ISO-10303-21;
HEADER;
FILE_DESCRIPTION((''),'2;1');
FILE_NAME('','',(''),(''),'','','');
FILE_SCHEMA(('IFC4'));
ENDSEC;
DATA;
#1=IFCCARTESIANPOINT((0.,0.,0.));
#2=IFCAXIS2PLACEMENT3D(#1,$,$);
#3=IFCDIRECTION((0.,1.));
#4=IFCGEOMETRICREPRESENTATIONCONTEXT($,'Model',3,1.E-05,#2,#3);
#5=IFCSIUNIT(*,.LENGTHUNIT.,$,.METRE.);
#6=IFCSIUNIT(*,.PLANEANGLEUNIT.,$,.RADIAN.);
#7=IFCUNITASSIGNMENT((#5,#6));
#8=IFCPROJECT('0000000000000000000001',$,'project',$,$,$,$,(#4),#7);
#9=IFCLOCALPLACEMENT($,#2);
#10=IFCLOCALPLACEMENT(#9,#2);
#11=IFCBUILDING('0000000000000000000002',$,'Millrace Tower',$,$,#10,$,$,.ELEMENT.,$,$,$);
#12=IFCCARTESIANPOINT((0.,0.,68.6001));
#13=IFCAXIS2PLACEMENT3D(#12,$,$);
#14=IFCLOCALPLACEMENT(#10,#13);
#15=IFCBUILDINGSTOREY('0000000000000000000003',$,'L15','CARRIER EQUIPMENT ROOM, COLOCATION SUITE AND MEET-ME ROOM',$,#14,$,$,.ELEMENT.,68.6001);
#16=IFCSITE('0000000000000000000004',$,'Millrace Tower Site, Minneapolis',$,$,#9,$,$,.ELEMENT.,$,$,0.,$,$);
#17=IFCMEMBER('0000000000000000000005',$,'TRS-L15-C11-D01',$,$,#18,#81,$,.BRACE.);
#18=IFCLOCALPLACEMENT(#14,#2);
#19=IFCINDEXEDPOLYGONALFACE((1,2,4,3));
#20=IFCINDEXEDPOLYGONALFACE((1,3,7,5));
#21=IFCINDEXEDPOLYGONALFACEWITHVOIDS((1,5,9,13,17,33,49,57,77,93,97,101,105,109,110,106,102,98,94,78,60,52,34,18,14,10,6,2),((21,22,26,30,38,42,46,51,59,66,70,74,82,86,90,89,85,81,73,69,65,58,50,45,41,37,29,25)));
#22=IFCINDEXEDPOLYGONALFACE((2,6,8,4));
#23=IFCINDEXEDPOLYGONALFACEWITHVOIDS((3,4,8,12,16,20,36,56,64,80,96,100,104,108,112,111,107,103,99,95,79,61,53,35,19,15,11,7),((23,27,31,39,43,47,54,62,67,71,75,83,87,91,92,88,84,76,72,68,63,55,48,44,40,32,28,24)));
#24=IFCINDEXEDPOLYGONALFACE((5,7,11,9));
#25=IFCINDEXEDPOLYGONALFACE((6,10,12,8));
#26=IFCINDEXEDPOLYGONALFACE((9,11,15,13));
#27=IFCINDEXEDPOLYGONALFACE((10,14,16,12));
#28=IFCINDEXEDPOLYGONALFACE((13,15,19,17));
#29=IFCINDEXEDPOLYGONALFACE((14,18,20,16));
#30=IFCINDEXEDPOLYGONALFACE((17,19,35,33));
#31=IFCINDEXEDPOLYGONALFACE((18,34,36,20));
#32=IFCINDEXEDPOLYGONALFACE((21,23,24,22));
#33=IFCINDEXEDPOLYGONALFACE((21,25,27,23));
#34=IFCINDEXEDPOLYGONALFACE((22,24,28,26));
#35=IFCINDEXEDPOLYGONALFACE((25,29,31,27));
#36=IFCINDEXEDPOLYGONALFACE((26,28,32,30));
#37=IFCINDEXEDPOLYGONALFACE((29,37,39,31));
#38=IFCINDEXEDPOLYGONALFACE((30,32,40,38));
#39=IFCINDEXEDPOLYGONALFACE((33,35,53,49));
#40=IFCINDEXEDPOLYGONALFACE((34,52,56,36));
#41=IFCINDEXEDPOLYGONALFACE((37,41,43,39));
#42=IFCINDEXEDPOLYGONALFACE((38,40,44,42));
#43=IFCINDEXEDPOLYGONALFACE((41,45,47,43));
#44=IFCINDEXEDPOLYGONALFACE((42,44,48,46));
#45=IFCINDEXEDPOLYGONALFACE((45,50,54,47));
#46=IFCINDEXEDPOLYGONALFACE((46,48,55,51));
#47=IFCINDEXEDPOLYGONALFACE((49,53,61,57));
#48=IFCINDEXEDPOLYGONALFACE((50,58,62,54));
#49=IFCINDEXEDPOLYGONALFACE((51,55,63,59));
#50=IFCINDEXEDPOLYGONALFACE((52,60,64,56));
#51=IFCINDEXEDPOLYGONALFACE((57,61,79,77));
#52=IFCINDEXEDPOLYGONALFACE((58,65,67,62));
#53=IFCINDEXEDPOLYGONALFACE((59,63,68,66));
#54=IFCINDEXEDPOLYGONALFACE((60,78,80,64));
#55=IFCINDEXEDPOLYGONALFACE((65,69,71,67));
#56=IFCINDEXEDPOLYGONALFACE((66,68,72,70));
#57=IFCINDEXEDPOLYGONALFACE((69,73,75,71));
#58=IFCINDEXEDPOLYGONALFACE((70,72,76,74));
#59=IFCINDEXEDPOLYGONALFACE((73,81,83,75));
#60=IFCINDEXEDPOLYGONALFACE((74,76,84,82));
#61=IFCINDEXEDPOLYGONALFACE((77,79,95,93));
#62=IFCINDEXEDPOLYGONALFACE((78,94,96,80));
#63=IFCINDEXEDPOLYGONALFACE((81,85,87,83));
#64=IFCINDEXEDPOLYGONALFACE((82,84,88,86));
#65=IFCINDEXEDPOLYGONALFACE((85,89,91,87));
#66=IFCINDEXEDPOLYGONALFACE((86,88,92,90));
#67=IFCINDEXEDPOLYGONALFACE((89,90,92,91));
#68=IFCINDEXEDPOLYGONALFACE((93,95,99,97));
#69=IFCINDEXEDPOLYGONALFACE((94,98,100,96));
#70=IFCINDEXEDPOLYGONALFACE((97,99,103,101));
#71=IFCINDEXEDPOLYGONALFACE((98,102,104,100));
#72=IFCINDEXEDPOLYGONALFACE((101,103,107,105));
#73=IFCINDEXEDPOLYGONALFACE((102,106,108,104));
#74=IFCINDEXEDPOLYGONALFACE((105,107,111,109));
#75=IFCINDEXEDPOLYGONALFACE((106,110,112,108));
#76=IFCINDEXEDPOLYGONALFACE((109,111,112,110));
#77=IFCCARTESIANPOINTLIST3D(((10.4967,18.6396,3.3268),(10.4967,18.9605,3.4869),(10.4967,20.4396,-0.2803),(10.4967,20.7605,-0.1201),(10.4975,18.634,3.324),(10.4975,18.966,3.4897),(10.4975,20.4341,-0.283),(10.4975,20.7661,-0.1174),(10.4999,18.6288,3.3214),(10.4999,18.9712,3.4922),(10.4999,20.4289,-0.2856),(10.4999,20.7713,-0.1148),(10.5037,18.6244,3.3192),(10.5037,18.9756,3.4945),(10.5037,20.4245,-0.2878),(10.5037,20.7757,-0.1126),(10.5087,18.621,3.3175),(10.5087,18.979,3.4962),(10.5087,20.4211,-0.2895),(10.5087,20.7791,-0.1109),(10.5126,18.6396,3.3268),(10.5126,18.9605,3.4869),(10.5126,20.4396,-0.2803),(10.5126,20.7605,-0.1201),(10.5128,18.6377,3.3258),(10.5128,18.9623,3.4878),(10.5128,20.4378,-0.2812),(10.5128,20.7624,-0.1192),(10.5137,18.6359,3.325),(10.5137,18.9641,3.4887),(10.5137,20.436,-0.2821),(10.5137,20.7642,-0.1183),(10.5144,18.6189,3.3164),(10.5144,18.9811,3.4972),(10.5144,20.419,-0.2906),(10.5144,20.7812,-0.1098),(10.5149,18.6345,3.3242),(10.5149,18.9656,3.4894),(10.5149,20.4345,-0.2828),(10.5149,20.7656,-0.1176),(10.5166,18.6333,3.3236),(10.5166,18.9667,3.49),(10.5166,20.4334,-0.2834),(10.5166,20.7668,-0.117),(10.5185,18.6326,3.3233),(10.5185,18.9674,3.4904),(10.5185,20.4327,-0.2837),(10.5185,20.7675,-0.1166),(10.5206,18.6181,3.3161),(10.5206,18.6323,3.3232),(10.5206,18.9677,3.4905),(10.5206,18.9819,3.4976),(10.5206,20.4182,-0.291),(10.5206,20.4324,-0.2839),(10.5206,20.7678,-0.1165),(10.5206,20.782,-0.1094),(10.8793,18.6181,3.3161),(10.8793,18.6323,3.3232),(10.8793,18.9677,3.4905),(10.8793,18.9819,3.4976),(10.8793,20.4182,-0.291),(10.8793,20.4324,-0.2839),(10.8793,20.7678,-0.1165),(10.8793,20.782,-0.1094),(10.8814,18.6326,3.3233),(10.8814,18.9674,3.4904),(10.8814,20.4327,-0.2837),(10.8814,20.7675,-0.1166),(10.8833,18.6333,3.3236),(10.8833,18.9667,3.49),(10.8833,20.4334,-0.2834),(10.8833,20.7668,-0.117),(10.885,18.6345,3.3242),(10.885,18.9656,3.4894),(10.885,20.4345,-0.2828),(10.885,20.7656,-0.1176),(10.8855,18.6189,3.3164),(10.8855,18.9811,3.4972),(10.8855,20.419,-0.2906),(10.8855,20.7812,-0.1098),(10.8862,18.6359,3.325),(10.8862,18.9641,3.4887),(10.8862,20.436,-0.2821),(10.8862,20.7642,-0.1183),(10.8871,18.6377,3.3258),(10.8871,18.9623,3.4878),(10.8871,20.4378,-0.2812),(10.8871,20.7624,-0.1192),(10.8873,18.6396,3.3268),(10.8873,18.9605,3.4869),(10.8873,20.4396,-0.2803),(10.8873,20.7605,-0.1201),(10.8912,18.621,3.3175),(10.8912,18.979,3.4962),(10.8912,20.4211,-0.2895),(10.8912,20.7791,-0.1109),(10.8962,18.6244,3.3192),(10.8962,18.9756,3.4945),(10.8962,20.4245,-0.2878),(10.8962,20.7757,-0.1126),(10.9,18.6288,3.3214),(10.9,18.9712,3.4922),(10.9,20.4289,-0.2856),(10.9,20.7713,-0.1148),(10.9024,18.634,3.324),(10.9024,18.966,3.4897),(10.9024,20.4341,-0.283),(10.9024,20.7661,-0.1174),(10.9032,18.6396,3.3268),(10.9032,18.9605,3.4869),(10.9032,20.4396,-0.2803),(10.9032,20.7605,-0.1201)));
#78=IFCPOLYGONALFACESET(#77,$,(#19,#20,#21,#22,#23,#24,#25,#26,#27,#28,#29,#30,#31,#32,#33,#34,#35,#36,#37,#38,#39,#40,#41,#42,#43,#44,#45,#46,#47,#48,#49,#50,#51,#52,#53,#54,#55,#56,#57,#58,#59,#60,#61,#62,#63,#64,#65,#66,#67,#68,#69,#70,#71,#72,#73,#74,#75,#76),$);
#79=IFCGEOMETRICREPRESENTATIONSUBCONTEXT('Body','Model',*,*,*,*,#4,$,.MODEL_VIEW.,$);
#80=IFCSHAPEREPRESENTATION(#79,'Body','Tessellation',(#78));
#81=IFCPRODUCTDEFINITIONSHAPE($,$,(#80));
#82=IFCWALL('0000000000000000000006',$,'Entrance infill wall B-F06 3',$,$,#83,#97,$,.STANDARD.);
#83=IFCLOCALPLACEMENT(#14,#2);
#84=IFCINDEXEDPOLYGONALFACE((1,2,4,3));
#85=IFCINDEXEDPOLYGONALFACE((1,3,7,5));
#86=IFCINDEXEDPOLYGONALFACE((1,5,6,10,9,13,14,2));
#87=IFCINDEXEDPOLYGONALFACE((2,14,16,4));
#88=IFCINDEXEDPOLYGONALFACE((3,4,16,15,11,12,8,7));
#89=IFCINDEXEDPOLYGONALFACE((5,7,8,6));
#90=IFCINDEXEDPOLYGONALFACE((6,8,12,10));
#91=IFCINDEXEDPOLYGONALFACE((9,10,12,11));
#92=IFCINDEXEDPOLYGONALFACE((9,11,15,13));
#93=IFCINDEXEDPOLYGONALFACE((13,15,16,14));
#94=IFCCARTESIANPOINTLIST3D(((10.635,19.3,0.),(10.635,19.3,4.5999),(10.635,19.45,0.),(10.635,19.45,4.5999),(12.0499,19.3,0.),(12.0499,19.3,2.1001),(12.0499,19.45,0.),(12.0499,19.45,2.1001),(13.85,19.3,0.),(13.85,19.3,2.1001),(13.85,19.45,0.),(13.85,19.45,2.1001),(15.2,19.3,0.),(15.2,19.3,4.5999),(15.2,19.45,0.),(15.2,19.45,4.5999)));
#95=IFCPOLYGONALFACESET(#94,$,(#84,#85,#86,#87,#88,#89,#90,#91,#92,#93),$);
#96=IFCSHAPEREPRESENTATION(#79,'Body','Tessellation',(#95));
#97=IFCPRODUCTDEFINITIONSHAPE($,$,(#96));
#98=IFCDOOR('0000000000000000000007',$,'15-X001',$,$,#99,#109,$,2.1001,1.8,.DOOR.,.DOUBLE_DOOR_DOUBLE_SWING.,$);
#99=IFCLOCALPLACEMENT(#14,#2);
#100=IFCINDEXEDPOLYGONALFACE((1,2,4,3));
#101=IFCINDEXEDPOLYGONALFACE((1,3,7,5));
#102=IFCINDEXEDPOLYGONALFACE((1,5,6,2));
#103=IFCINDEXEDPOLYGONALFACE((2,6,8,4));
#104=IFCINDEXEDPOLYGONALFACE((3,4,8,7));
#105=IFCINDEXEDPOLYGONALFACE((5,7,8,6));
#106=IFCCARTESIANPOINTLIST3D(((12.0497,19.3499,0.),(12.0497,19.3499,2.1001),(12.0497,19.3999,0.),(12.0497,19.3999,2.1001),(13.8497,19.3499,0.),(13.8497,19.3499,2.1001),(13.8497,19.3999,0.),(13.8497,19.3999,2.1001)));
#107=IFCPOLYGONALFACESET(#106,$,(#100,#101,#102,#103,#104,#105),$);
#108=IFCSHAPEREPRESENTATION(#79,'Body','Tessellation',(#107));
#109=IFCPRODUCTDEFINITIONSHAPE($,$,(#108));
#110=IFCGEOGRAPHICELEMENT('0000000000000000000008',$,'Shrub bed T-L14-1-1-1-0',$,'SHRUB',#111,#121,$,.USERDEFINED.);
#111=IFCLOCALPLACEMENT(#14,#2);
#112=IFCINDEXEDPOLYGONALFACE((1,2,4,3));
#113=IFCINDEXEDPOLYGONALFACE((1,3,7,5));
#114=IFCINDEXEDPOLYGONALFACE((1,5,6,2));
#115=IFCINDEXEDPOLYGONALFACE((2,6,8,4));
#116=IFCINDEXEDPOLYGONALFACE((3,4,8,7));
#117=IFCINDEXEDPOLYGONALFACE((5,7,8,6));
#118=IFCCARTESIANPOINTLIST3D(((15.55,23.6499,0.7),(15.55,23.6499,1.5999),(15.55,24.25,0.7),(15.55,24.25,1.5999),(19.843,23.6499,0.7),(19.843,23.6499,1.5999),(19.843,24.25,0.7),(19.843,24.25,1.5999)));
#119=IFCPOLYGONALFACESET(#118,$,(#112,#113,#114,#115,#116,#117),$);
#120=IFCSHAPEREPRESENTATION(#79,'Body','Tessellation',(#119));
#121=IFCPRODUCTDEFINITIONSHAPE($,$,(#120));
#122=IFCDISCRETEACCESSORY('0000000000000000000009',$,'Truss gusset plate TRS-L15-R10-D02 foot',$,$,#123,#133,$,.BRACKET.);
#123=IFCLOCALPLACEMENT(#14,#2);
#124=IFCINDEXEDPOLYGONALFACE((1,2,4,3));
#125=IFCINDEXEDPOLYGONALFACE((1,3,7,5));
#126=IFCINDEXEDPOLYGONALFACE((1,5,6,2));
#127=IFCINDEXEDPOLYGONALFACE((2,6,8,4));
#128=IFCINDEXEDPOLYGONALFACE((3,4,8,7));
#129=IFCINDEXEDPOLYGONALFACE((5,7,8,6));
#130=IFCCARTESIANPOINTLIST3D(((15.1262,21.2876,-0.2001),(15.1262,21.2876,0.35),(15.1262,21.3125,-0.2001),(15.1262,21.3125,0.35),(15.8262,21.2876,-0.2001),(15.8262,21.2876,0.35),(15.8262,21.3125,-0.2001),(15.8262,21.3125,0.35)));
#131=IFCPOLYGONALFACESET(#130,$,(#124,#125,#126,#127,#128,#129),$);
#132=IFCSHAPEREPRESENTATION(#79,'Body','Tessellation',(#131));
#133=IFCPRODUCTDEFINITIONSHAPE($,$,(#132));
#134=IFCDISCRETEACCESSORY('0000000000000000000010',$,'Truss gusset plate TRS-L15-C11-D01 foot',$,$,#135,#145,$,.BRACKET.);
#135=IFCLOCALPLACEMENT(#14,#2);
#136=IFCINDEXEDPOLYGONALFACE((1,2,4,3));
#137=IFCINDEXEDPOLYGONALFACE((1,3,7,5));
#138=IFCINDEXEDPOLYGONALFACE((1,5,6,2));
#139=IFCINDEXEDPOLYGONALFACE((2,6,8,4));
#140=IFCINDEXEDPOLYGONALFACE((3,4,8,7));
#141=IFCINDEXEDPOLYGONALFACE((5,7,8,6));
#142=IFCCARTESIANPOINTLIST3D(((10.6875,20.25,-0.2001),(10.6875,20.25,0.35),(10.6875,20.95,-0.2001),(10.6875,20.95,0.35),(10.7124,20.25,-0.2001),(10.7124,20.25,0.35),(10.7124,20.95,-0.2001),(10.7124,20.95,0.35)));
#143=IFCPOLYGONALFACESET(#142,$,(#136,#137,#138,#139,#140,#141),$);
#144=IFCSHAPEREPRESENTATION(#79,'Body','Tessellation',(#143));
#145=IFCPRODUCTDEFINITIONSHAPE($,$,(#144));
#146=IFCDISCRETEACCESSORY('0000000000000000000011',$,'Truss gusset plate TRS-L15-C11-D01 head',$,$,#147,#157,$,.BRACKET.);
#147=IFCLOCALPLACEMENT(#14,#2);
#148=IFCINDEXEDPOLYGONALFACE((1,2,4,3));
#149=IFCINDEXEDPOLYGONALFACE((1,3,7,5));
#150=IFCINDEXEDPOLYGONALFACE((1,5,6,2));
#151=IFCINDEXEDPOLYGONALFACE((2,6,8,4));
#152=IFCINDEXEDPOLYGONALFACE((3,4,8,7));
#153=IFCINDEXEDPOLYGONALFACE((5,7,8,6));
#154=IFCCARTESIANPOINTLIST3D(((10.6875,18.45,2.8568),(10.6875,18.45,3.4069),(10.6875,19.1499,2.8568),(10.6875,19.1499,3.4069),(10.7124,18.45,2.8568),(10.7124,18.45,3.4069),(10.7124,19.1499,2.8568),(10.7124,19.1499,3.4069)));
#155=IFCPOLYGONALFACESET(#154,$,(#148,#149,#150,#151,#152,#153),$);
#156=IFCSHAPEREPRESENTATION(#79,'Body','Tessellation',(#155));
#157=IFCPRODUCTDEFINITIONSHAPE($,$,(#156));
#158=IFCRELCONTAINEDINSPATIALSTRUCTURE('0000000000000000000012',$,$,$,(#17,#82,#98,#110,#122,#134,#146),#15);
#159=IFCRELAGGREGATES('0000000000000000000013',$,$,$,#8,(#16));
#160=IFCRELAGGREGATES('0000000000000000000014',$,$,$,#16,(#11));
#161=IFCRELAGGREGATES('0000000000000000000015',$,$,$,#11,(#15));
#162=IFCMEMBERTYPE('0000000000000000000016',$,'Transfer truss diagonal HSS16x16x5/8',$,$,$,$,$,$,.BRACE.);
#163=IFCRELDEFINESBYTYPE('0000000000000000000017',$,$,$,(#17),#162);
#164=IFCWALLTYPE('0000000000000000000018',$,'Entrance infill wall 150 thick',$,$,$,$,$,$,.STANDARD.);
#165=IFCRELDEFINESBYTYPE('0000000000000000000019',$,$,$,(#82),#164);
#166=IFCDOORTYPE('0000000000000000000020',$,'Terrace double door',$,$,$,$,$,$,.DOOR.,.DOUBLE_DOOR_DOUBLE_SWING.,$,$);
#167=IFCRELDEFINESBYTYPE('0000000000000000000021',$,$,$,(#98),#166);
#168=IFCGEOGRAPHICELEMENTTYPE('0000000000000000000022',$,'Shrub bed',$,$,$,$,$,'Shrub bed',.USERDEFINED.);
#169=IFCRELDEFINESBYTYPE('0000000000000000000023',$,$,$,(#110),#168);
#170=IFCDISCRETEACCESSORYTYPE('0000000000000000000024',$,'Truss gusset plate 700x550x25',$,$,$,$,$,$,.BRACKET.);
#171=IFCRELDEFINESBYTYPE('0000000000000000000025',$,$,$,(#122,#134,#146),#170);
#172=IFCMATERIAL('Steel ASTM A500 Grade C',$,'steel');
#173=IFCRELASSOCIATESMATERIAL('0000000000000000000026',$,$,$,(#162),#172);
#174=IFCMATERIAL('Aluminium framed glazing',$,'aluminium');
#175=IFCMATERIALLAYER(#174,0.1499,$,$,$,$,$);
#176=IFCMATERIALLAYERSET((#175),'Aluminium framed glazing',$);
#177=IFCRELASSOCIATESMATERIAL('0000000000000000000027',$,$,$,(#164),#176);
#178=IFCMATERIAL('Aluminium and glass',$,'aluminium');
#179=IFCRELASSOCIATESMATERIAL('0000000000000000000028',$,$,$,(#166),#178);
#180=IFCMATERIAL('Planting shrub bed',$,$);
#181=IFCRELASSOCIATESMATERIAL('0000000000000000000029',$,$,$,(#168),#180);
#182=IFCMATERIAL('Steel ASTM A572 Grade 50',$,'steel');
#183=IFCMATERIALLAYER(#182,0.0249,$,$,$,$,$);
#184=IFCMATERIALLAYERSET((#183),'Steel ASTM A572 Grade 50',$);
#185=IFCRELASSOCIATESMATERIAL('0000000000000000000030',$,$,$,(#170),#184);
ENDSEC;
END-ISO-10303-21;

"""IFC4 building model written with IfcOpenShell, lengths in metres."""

from ifc_helpers import new_model, si_unit, direction, frame, frame_2d, origin, origin_2d, place, context, subcontext, project, spatial, rectangle, hollow_rectangle, extrude, material, layer, layer_set, material_profile, profile_set, type_object, element, fill, save


model = new_model("IFC4")

# Units and contexts
model_context = context("Model", 3, precision=1e-05, world=origin(), true_north=direction((0.0, 1.0)))
body_context = subcontext(model_context, "Body", "Model", "MODEL_VIEW")
ifc_project = project(units=[si_unit("LENGTHUNIT", "METRE"), si_unit("PLANEANGLEUNIT", "RADIAN")], contexts=[model_context])

# Site, building, storey
site_placement = place(None, origin())
site = spatial("IfcSite", under=ifc_project, at=site_placement, Name="Millrace Tower Site, Minneapolis", CompositionType="ELEMENT", RefElevation=0.0)
building_placement = place(site_placement, origin())
building = spatial("IfcBuilding", under=site, at=building_placement, Name="Millrace Tower", CompositionType="ELEMENT")
storey_placement = place(building_placement, frame((0.0, 0.0, 68.6001)))
storey = spatial("IfcBuildingStorey", under=building, at=storey_placement, Name="L15", Description="CARRIER EQUIPMENT ROOM, COLOCATION SUITE AND MEET-ME ROOM", CompositionType="ELEMENT", Elevation=68.6001)

# Member
ifc_material_1 = material(Name="Steel ASTM A500 Grade C", Category="steel")
ifc_material_profile_1 = material_profile(ifc_material_1, hollow_rectangle(XDim=0.4065, YDim=0.4065, WallThickness=0.0159, InnerFilletRadius=0.0081, OuterFilletRadius=0.0239, at=origin_2d()))
ifc_profile_set_1 = profile_set([ifc_material_profile_1], Name="Steel ASTM A500 Grade C")
member_type_1 = type_object("IfcMemberType", Name="Transfer truss diagonal HSS16x16x5/8", PredefinedType="BRACE", material=ifc_profile_set_1)
member_1_placement = place(storey_placement, frame((10.7, 20.6001, -0.2002), z_axis=(0.0, -0.446535, 0.894766), x_axis=(1.0, 0.0, 0.0)))
element("IfcMember", 1, at=member_1_placement, inside=storey, type_object=member_type_1, Name="TRS-L15-C11-D01", PredefinedType="BRACE", context=body_context, shape_type="SweptSolid", body=[
    extrude(hollow_rectangle(XDim=0.4065, YDim=0.4065, WallThickness=0.0159, InnerFilletRadius=0.0081, OuterFilletRadius=0.0239, at=origin_2d()), origin(), (0.0, 0.0, 1.0), 4.0312),
])

# Wall, opening, door
ifc_material_2 = material(Name="Aluminium framed glazing", Category="aluminium")
ifc_layer_1 = layer(ifc_material_2, 0.1499)
ifc_layer_set_1 = layer_set([ifc_layer_1], Name="Aluminium framed glazing")
wall_type = type_object("IfcWallType", Name="Entrance infill wall 150 thick", PredefinedType="STANDARD", material=ifc_layer_set_1)
wall_placement = place(storey_placement, frame((15.2, 19.375, 0.0), z_axis=(0.0, 0.0, 1.0), x_axis=(-1.0, 0.0, 0.0)))
wall = element("IfcWall", 2, at=wall_placement, inside=storey, type_object=wall_type, Name="Entrance infill wall B-F06 3", PredefinedType="STANDARD", context=body_context, shape_type="SweptSolid", body=[
    extrude(rectangle(XDim=4.5649, YDim=0.1499, at=frame_2d((2.2825, 0.0))), origin(), (0.0, 0.0, 1.0), 4.5999),
])
opening_placement = place(wall_placement, frame((1.3501, 0.0, 0.0)))
opening = element("IfcOpeningElement", 3, at=opening_placement, cuts=wall, PredefinedType="OPENING", context=body_context, shape_type="SweptSolid", body=[
    extrude(rectangle(XDim=1.8, YDim=2.1001, at=frame_2d((0.8999, 1.05))), frame((0.0, 0.085, 0.0), z_axis=(0.0, -1.0, 0.0), x_axis=(1.0, 0.0, 0.0)), (0.0, 0.0, 1.0), 0.1699),
])
ifc_material_3 = material(Name="Aluminium and glass", Category="aluminium")
door_type = type_object("IfcDoorType", Name="Terrace double door", OperationType="DOUBLE_DOOR_DOUBLE_SWING", PredefinedType="DOOR", material=ifc_material_3)
door_placement = place(opening_placement, frame((1.8, 0.0, 0.0), z_axis=(0.0, 0.0, 1.0), x_axis=(-1.0, 0.0, 0.0)))
door = element("IfcDoor", 4, at=door_placement, inside=storey, type_object=door_type, Name="15-X001", OperationType="DOUBLE_DOOR_DOUBLE_SWING", OverallHeight=2.1001, OverallWidth=1.8, PredefinedType="DOOR", context=body_context, shape_type="SweptSolid", body=[
    extrude(rectangle(XDim=1.8, YDim=2.1001, at=frame_2d((0.8999, 1.05))), frame((0.0, 0.0249, 0.0), z_axis=(0.0, -1.0, 0.0), x_axis=(1.0, 0.0, 0.0)), (0.0, 0.0, 1.0), 0.05),
])
fill(opening, door)

# Geographic element
ifc_material_4 = material(Name="Planting shrub bed")
geographic_element_type = type_object("IfcGeographicElementType", Name="Shrub bed", ElementType="Shrub bed", PredefinedType="USERDEFINED", material=ifc_material_4)
geographic_element_placement = place(storey_placement, frame((17.6965, 23.95, 0.7), z_axis=(0.0, 0.0, 1.0), x_axis=(-1.0, 0.0, 0.0)))
element("IfcGeographicElement", 5, at=geographic_element_placement, inside=storey, type_object=geographic_element_type, Name="Shrub bed T-L14-1-1-1-0", ObjectType="SHRUB", PredefinedType="USERDEFINED", context=body_context, shape_type="SweptSolid", body=[
    extrude(rectangle(XDim=4.293, YDim=0.6001, at=origin_2d()), origin(), (0.0, 0.0, 1.0), 0.8999),
])

# Discrete accessories
ifc_material_5 = material(Name="Steel ASTM A572 Grade 50", Category="steel")
ifc_layer_2 = layer(ifc_material_5, 0.0249)
ifc_layer_set_2 = layer_set([ifc_layer_2], Name="Steel ASTM A572 Grade 50")
discrete_accessory_type = type_object("IfcDiscreteAccessoryType", Name="Truss gusset plate 700x550x25", PredefinedType="BRACKET", material=ifc_layer_set_2)
for number, where, z_axis, x_axis, name in (
    (6, (15.1262, 21.3, 0.075), (1.0, 0.0, 0.0), (0.0, 1.0, 0.0), "Truss gusset plate TRS-L15-R10-D02 foot"),
    (7, (10.7, 20.25, 0.075), (0.0, 1.0, 0.0), (-1.0, 0.0, 0.0), "Truss gusset plate TRS-L15-C11-D01 foot"),
    (8, (10.7, 18.45, 3.1318), (0.0, 1.0, 0.0), (-1.0, 0.0, 0.0), "Truss gusset plate TRS-L15-C11-D01 head"),
):
    element("IfcDiscreteAccessory", number, at=place(storey_placement, frame(where, z_axis=z_axis, x_axis=x_axis)), inside=storey, type_object=discrete_accessory_type, Name=name, PredefinedType="BRACKET", context=body_context, shape_type="SweptSolid", body=[
        extrude(rectangle(XDim=0.0249, YDim=0.55, at=origin_2d()), origin(), (0.0, 0.0, 1.0), 0.7),
    ])

save(model, "model.ifc")
